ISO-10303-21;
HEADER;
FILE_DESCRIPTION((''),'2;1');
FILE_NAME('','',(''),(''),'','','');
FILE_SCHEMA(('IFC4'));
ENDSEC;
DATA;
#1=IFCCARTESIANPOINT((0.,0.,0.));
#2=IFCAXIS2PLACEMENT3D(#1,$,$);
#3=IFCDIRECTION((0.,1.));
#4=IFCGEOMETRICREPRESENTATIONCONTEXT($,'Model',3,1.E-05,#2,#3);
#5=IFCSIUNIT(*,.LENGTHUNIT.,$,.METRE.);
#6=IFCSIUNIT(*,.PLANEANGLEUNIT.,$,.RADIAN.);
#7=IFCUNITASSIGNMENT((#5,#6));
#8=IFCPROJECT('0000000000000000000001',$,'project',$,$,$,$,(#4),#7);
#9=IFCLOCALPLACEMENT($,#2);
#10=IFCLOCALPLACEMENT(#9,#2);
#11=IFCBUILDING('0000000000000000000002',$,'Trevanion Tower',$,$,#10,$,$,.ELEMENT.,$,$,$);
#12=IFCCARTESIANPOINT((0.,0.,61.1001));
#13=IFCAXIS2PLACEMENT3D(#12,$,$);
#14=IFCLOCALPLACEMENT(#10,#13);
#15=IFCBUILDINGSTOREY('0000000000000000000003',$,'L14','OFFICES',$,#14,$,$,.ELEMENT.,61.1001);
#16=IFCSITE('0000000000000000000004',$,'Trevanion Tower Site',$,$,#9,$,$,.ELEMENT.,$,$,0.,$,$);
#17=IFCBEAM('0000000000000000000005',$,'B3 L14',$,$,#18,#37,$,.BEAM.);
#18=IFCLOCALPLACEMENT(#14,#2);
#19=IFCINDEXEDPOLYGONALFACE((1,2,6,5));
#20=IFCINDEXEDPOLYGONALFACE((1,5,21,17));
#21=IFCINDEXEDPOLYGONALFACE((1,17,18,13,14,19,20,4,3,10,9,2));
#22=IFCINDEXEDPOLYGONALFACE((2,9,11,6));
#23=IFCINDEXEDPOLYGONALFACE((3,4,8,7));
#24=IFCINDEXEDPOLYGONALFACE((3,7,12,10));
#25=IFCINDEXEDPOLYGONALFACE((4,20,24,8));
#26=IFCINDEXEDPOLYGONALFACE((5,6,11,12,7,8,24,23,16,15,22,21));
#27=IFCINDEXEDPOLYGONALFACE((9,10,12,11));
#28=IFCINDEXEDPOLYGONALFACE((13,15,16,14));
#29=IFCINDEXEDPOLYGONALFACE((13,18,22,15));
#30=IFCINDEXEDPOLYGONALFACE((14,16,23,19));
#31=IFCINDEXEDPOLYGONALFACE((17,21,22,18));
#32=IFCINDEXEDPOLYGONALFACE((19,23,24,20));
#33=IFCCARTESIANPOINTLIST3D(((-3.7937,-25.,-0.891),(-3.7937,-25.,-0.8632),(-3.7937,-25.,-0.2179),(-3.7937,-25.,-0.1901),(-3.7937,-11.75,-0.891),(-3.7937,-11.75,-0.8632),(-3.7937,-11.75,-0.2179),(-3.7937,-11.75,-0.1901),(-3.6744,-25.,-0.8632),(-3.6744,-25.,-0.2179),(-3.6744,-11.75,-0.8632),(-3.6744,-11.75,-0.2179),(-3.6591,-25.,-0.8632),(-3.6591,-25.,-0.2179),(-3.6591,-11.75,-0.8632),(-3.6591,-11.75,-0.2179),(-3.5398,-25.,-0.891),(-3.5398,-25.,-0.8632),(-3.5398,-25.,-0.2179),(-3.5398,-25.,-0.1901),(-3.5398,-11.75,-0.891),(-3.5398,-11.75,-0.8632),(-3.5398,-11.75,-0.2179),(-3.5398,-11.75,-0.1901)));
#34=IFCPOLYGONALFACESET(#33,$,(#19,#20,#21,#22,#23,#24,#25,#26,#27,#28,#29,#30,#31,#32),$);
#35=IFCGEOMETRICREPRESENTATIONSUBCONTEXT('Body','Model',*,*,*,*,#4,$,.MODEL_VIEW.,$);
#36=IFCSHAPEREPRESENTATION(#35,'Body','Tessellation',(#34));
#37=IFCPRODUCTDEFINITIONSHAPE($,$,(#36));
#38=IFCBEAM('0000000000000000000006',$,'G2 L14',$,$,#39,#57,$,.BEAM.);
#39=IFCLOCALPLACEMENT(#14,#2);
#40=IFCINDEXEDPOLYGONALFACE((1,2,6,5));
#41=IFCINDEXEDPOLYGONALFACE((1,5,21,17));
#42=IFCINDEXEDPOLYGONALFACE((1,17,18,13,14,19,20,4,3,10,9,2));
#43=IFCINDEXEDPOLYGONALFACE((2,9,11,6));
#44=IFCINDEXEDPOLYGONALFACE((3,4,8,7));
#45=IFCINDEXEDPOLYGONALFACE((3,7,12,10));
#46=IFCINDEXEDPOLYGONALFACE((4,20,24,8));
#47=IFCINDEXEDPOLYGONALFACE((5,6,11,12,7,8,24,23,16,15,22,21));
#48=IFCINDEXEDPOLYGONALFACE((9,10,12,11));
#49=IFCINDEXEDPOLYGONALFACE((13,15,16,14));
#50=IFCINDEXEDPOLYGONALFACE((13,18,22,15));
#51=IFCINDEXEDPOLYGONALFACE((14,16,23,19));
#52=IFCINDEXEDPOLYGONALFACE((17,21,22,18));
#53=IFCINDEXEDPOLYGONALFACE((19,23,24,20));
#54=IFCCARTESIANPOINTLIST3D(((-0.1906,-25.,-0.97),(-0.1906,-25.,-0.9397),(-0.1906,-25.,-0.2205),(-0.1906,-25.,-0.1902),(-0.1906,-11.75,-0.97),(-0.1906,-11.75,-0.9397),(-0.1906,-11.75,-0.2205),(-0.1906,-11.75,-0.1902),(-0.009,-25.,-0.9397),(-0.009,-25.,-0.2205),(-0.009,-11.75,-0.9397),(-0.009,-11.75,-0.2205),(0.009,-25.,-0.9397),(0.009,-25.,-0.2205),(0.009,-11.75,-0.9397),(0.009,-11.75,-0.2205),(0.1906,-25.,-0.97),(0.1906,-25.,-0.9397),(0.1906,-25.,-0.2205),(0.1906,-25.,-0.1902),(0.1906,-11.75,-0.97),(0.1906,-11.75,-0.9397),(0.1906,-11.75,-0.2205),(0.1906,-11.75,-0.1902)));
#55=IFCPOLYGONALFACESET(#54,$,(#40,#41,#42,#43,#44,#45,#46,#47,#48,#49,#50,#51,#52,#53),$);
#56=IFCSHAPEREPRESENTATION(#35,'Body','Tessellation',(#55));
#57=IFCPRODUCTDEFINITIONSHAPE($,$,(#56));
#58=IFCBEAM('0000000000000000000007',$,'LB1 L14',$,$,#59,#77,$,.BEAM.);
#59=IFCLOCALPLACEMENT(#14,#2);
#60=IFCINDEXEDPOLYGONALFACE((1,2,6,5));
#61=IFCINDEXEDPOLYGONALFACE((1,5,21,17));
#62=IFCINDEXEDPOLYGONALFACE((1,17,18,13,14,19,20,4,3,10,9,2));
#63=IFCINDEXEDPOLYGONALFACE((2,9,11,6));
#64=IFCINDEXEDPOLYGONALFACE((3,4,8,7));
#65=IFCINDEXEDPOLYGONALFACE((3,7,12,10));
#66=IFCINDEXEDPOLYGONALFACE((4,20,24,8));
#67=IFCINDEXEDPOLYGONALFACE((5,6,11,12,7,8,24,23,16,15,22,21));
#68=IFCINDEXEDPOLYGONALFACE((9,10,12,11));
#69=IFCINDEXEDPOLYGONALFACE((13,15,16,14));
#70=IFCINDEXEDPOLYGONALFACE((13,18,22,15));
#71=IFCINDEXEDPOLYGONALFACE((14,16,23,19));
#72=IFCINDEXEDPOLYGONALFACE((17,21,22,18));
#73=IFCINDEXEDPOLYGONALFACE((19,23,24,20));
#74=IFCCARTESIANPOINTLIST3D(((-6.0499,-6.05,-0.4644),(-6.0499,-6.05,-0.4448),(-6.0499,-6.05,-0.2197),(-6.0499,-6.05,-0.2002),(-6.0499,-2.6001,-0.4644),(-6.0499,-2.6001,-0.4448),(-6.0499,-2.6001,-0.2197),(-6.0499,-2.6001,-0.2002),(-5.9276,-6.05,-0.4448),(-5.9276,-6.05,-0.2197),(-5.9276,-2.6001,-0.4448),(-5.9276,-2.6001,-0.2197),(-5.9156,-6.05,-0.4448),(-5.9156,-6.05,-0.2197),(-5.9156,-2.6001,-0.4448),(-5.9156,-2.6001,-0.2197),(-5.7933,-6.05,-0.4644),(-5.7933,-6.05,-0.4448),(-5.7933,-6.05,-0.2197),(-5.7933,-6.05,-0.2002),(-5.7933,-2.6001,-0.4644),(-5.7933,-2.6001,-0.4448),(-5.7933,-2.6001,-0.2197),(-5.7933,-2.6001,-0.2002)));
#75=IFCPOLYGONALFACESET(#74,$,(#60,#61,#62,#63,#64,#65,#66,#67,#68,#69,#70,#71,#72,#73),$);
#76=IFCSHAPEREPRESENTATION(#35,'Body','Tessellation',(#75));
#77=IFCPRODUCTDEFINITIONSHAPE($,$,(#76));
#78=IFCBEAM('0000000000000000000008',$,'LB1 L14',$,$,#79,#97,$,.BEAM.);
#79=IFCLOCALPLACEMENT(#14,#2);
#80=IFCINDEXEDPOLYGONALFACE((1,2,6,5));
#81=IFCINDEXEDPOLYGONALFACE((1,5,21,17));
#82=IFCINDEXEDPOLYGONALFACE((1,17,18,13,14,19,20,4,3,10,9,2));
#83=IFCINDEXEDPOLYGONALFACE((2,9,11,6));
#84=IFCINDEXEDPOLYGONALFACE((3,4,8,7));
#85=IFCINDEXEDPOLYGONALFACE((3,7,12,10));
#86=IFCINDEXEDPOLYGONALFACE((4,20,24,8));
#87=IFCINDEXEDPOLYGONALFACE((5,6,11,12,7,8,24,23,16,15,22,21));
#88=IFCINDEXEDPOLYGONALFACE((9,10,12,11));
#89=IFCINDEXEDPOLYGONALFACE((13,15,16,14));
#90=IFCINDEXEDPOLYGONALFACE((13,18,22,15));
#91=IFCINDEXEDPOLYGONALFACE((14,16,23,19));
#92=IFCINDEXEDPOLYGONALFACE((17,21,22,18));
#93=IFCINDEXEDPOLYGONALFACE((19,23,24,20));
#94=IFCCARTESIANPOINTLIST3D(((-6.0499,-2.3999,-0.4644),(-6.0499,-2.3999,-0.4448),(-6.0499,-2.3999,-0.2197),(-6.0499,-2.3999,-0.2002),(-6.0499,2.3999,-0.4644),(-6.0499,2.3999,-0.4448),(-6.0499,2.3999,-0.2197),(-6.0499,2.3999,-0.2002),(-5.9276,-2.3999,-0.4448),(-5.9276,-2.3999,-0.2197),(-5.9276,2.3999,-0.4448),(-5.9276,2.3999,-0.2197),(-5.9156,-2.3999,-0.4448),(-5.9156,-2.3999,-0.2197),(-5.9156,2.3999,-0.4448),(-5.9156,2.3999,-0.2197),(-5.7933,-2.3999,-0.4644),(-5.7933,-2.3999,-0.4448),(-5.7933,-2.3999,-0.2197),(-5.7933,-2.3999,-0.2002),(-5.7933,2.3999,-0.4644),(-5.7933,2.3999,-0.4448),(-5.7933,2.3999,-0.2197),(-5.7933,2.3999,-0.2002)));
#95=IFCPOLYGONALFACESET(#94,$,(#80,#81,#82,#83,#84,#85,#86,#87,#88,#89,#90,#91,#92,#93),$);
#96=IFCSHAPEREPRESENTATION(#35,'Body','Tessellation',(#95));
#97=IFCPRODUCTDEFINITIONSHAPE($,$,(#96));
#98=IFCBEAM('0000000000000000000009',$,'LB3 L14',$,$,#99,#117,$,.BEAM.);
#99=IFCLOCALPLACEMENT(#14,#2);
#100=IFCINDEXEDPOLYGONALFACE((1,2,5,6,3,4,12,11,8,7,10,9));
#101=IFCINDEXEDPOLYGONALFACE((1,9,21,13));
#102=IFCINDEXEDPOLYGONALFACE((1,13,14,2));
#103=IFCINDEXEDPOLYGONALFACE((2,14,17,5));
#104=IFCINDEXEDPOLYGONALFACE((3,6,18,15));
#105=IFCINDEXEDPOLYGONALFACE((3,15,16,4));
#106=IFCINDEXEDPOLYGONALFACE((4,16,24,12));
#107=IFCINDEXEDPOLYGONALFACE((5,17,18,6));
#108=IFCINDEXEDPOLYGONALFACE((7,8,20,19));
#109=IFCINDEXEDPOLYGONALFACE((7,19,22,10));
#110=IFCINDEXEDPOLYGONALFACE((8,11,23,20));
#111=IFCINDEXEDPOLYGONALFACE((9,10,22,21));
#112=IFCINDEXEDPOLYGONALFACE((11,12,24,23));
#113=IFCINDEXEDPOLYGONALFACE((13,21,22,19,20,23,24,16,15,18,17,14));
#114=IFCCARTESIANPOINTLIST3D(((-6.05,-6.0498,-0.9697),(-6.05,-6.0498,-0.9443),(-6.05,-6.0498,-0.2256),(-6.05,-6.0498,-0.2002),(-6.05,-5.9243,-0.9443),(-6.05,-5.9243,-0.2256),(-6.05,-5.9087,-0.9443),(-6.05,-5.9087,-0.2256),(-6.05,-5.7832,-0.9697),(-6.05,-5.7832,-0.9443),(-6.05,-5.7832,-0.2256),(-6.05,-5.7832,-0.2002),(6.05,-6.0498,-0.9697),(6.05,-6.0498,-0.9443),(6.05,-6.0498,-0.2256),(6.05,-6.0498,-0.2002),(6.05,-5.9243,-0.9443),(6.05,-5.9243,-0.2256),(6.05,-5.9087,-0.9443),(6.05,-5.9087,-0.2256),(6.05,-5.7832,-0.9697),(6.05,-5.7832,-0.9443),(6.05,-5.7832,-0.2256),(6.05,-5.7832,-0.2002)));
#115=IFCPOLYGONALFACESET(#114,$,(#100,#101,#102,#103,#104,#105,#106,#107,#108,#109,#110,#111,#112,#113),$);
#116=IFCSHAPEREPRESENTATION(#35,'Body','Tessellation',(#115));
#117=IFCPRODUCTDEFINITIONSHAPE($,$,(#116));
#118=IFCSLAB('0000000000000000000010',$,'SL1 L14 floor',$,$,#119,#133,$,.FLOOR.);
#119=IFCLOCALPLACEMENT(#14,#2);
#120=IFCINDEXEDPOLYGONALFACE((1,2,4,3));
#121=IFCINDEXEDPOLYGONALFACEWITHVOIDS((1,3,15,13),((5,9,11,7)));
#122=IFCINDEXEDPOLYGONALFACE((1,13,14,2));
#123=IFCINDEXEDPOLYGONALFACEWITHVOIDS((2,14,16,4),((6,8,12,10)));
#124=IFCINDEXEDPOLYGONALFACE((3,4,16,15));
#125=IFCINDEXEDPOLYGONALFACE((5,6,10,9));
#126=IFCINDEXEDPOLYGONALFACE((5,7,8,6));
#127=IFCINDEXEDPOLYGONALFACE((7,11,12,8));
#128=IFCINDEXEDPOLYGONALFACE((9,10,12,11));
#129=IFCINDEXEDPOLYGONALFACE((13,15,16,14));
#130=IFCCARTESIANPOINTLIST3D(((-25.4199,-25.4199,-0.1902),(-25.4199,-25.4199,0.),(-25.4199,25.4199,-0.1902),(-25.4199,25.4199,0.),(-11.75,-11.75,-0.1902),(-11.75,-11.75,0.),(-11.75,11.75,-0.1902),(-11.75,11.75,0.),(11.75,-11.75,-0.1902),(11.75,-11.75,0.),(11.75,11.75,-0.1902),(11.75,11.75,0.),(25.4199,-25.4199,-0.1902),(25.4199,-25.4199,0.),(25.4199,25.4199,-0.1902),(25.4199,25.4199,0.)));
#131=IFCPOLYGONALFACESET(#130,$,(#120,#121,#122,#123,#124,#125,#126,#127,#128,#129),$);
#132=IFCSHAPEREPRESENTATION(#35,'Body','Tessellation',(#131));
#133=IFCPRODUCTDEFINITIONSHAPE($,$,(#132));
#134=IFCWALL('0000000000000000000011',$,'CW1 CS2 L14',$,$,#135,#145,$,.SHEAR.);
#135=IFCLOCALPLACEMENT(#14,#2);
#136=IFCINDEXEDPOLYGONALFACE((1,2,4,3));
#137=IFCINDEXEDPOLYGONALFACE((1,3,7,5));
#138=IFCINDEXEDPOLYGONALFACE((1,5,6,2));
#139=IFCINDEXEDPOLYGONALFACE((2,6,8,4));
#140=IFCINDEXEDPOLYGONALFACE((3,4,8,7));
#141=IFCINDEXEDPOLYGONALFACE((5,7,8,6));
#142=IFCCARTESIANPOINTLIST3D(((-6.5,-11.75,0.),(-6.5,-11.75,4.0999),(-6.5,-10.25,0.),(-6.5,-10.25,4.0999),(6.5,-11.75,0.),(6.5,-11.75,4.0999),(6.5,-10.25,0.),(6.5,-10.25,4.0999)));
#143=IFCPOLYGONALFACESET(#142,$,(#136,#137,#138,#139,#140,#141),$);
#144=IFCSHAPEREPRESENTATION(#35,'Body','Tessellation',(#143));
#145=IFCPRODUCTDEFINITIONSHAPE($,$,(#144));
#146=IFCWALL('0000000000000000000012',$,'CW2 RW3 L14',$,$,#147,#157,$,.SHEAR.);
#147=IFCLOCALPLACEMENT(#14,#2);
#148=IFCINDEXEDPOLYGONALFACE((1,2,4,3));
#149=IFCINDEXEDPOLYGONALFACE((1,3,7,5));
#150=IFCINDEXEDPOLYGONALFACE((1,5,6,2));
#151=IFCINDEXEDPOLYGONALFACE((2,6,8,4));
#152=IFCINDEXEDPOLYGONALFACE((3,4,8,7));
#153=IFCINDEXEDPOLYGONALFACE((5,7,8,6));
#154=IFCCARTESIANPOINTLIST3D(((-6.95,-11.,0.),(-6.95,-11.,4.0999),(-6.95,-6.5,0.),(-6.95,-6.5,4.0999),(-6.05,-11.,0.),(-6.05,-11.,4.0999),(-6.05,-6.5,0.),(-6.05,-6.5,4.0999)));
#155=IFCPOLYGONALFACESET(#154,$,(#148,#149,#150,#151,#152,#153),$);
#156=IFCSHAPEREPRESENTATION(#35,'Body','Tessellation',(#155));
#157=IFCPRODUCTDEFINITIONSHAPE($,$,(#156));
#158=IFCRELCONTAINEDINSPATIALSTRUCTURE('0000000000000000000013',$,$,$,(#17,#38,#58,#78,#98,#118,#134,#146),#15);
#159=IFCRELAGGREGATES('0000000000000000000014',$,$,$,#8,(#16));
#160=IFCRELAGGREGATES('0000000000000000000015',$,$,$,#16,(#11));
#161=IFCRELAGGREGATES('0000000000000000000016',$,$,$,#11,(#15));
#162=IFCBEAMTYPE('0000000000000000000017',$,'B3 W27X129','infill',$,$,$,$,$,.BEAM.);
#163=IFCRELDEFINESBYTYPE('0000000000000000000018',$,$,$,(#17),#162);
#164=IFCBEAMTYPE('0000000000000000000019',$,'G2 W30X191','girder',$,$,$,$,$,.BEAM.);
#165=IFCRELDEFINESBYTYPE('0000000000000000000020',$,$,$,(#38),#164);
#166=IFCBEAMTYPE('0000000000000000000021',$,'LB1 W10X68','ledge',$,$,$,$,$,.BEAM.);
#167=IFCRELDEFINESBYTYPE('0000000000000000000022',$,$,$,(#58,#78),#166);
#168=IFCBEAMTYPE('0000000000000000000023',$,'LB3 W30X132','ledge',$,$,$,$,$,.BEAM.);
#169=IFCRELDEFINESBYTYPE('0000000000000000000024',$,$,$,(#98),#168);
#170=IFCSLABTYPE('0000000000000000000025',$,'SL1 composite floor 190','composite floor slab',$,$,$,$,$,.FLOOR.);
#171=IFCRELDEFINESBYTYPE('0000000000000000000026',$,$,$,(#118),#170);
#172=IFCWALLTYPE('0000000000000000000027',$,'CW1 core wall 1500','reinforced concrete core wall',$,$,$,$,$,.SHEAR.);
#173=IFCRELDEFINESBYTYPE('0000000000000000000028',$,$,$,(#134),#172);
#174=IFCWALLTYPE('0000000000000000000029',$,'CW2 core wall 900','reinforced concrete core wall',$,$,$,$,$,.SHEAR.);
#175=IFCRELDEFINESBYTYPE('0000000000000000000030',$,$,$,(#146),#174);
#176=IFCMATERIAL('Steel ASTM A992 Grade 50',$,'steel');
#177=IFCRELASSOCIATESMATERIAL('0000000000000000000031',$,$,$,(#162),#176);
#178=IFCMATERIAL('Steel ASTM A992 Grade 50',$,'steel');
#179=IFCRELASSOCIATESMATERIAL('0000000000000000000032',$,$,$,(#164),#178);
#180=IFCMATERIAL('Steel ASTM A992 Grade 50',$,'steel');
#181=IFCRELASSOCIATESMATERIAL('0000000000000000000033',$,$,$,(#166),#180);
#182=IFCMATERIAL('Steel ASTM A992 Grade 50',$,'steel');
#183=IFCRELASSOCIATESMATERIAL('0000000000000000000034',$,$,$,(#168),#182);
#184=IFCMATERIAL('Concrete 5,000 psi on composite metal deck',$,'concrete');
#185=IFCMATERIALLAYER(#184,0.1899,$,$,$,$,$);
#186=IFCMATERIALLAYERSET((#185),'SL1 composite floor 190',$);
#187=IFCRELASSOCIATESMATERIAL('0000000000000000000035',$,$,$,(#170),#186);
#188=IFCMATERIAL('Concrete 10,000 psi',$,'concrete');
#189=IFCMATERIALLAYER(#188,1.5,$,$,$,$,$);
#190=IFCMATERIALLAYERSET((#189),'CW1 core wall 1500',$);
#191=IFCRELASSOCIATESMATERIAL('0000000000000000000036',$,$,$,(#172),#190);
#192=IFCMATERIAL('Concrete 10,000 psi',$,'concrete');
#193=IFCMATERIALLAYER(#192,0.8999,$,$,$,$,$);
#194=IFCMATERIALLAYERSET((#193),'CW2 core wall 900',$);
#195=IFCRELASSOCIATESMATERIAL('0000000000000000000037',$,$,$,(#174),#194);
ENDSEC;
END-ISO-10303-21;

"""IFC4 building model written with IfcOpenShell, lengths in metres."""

from ifc_helpers import new_model, si_unit, direction, frame, frame_2d, origin, origin_2d, place, context, subcontext, project, spatial, polyline, rectangle, i_section, outline, extrude, material, layer, layer_set, material_profile, profile_set, type_object, element, save


model = new_model("IFC4")

# Units and contexts
model_context = context("Model", 3, precision=1e-05, world=origin(), true_north=direction((0.0, 1.0)))
body_context = subcontext(model_context, "Body", "Model", "MODEL_VIEW")
ifc_project = project(units=[si_unit("LENGTHUNIT", "METRE"), si_unit("PLANEANGLEUNIT", "RADIAN")], contexts=[model_context])

# Site, building, storey
site_placement = place(None, origin())
site = spatial("IfcSite", under=ifc_project, at=site_placement, Name="Trevanion Tower Site", CompositionType="ELEMENT", RefElevation=0.0)
building_placement = place(site_placement, origin())
building = spatial("IfcBuilding", under=site, at=building_placement, Name="Trevanion Tower", CompositionType="ELEMENT")
storey_placement = place(building_placement, frame((0.0, 0.0, 61.1001)))
storey = spatial("IfcBuildingStorey", under=building, at=storey_placement, Name="L14", Description="OFFICES", CompositionType="ELEMENT", Elevation=61.1001)

# Beams
ifc_material_1 = material(Name="Steel ASTM A992 Grade 50", Category="steel")
ifc_material_profile_1 = material_profile(ifc_material_1, i_section(OverallWidth=0.2539, OverallDepth=0.7009, WebThickness=0.0154, FlangeThickness=0.0278, at=origin_2d()), Name="W27X129")
ifc_profile_set_1 = profile_set([ifc_material_profile_1], Name="Steel ASTM A992 Grade 50")
beam_type_1 = type_object("IfcBeamType", Name="B3 W27X129", Description="infill", PredefinedType="BEAM", material=ifc_profile_set_1)
beam_1_placement = place(storey_placement, frame((-3.6667, -11.75, -0.5405), z_axis=(0.0, -1.0, 0.0), x_axis=(1.0, 0.0, 0.0)))
element("IfcBeam", 1, at=beam_1_placement, inside=storey, type_object=beam_type_1, Name="B3 L14", PredefinedType="BEAM", context=body_context, shape_type="SweptSolid", body=[
    extrude(i_section(OverallWidth=0.2539, OverallDepth=0.7009, WebThickness=0.0154, FlangeThickness=0.0278, at=origin_2d()), origin(), (0.0, 0.0, 1.0), 13.25),
])
ifc_material_2 = material(Name="Steel ASTM A992 Grade 50", Category="steel")
ifc_material_profile_2 = material_profile(ifc_material_2, i_section(OverallWidth=0.3811, OverallDepth=0.7798, WebThickness=0.0181, FlangeThickness=0.0303, at=origin_2d()), Name="W30X191")
ifc_profile_set_2 = profile_set([ifc_material_profile_2], Name="Steel ASTM A992 Grade 50")
beam_type_2 = type_object("IfcBeamType", Name="G2 W30X191", Description="girder", PredefinedType="BEAM", material=ifc_profile_set_2)
beam_2_placement = place(storey_placement, frame((0.0, -11.75, -0.5801), z_axis=(0.0, -1.0, 0.0), x_axis=(1.0, 0.0, 0.0)))
element("IfcBeam", 2, at=beam_2_placement, inside=storey, type_object=beam_type_2, Name="G2 L14", PredefinedType="BEAM", context=body_context, shape_type="SweptSolid", body=[
    extrude(i_section(OverallWidth=0.3811, OverallDepth=0.7798, WebThickness=0.0181, FlangeThickness=0.0303, at=origin_2d()), origin(), (0.0, 0.0, 1.0), 13.25),
])
ifc_material_3 = material(Name="Steel ASTM A992 Grade 50", Category="steel")
ifc_material_profile_3 = material_profile(ifc_material_3, i_section(OverallWidth=0.2566, OverallDepth=0.2642, WebThickness=0.012, FlangeThickness=0.0195, at=origin_2d()), Name="W10X68")
ifc_profile_set_3 = profile_set([ifc_material_profile_3], Name="Steel ASTM A992 Grade 50")
beam_type_3 = type_object("IfcBeamType", Name="LB1 W10X68", Description="ledge", PredefinedType="BEAM", material=ifc_profile_set_3)
beam_3_placement = place(storey_placement, frame((-5.9216, -6.05, -0.3323), z_axis=(0.0, 1.0, 0.0), x_axis=(-1.0, 0.0, 0.0)))
element("IfcBeam", 3, at=beam_3_placement, inside=storey, type_object=beam_type_3, Name="LB1 L14", PredefinedType="BEAM", context=body_context, shape_type="SweptSolid", body=[
    extrude(i_section(OverallWidth=0.2566, OverallDepth=0.2642, WebThickness=0.012, FlangeThickness=0.0195, at=origin_2d()), origin(), (0.0, 0.0, 1.0), 3.45),
])
beam_4_placement = place(storey_placement, frame((-5.9216, -2.3999, -0.3323), z_axis=(0.0, 1.0, 0.0), x_axis=(-1.0, 0.0, 0.0)))
element("IfcBeam", 4, at=beam_4_placement, inside=storey, type_object=beam_type_3, Name="LB1 L14", PredefinedType="BEAM", context=body_context, shape_type="SweptSolid", body=[
    extrude(i_section(OverallWidth=0.2566, OverallDepth=0.2642, WebThickness=0.012, FlangeThickness=0.0195, at=origin_2d()), origin(), (0.0, 0.0, 1.0), 4.7998),
])
ifc_material_4 = material(Name="Steel ASTM A992 Grade 50", Category="steel")
ifc_material_profile_4 = material_profile(ifc_material_4, i_section(OverallWidth=0.2666, OverallDepth=0.7695, WebThickness=0.0156, FlangeThickness=0.0254, at=origin_2d()), Name="W30X132")
ifc_profile_set_4 = profile_set([ifc_material_profile_4], Name="Steel ASTM A992 Grade 50")
beam_type_4 = type_object("IfcBeamType", Name="LB3 W30X132", Description="ledge", PredefinedType="BEAM", material=ifc_profile_set_4)
beam_5_placement = place(storey_placement, frame((-6.05, -5.9165, -0.585), z_axis=(1.0, 0.0, 0.0), x_axis=(0.0, 1.0, 0.0)))
element("IfcBeam", 5, at=beam_5_placement, inside=storey, type_object=beam_type_4, Name="LB3 L14", PredefinedType="BEAM", context=body_context, shape_type="SweptSolid", body=[
    extrude(i_section(OverallWidth=0.2666, OverallDepth=0.7695, WebThickness=0.0156, FlangeThickness=0.0254, at=origin_2d()), origin(), (0.0, 0.0, 1.0), 12.1001),
])

# Slab
ifc_material_5 = material(Name="Concrete 5,000 psi on composite metal deck", Category="concrete")
ifc_layer_1 = layer(ifc_material_5, 0.1899)
ifc_layer_set_1 = layer_set([ifc_layer_1], Name="SL1 composite floor 190")
slab_type = type_object("IfcSlabType", Name="SL1 composite floor 190", Description="composite floor slab", PredefinedType="FLOOR", material=ifc_layer_set_1)
slab_placement = place(storey_placement, frame((0.0, 0.0, -0.1902)))
element("IfcSlab", 6, at=slab_placement, inside=storey, type_object=slab_type, Name="SL1 L14 floor", PredefinedType="FLOOR", context=body_context, shape_type="SweptSolid", body=[
    extrude(outline(polyline([(25.4199, -25.4199), (25.4199, 25.4199), (-25.4199, 25.4199), (-25.4199, -25.4199), (25.4199, -25.4199)]), holes=[polyline([(11.75, -11.75), (11.75, 11.75), (-11.75, 11.75), (-11.75, -11.75), (11.75, -11.75)])]), origin(), (0.0, 0.0, 1.0), 0.1902),
])

# Walls
ifc_material_6 = material(Name="Concrete 10,000 psi", Category="concrete")
ifc_layer_2 = layer(ifc_material_6, 1.5)
ifc_layer_set_2 = layer_set([ifc_layer_2], Name="CW1 core wall 1500")
wall_type_1 = type_object("IfcWallType", Name="CW1 core wall 1500", Description="reinforced concrete core wall", PredefinedType="SHEAR", material=ifc_layer_set_2)
wall_1_placement = place(storey_placement, frame((-6.5, -11.0, 0.0), z_axis=(0.0, 0.0, 1.0), x_axis=(1.0, 0.0, 0.0)))
element("IfcWall", 7, at=wall_1_placement, inside=storey, type_object=wall_type_1, Name="CW1 CS2 L14", PredefinedType="SHEAR", context=body_context, shape_type="SweptSolid", body=[
    extrude(rectangle(XDim=13.0, YDim=1.5, at=frame_2d((6.5, 0.0))), origin(), (0.0, 0.0, 1.0), 4.0999),
])
ifc_material_7 = material(Name="Concrete 10,000 psi", Category="concrete")
ifc_layer_3 = layer(ifc_material_7, 0.8999)
ifc_layer_set_3 = layer_set([ifc_layer_3], Name="CW2 core wall 900")
wall_type_2 = type_object("IfcWallType", Name="CW2 core wall 900", Description="reinforced concrete core wall", PredefinedType="SHEAR", material=ifc_layer_set_3)
wall_2_placement = place(storey_placement, frame((-6.5, -6.5, 0.0), z_axis=(0.0, 0.0, 1.0), x_axis=(0.0, -1.0, 0.0)))
element("IfcWall", 8, at=wall_2_placement, inside=storey, type_object=wall_type_2, Name="CW2 RW3 L14", PredefinedType="SHEAR", context=body_context, shape_type="SweptSolid", body=[
    extrude(rectangle(XDim=4.5, YDim=0.8999, at=frame_2d((2.25, 0.0))), origin(), (0.0, 0.0, 1.0), 4.0999),
])

save(model, "model.ifc")
